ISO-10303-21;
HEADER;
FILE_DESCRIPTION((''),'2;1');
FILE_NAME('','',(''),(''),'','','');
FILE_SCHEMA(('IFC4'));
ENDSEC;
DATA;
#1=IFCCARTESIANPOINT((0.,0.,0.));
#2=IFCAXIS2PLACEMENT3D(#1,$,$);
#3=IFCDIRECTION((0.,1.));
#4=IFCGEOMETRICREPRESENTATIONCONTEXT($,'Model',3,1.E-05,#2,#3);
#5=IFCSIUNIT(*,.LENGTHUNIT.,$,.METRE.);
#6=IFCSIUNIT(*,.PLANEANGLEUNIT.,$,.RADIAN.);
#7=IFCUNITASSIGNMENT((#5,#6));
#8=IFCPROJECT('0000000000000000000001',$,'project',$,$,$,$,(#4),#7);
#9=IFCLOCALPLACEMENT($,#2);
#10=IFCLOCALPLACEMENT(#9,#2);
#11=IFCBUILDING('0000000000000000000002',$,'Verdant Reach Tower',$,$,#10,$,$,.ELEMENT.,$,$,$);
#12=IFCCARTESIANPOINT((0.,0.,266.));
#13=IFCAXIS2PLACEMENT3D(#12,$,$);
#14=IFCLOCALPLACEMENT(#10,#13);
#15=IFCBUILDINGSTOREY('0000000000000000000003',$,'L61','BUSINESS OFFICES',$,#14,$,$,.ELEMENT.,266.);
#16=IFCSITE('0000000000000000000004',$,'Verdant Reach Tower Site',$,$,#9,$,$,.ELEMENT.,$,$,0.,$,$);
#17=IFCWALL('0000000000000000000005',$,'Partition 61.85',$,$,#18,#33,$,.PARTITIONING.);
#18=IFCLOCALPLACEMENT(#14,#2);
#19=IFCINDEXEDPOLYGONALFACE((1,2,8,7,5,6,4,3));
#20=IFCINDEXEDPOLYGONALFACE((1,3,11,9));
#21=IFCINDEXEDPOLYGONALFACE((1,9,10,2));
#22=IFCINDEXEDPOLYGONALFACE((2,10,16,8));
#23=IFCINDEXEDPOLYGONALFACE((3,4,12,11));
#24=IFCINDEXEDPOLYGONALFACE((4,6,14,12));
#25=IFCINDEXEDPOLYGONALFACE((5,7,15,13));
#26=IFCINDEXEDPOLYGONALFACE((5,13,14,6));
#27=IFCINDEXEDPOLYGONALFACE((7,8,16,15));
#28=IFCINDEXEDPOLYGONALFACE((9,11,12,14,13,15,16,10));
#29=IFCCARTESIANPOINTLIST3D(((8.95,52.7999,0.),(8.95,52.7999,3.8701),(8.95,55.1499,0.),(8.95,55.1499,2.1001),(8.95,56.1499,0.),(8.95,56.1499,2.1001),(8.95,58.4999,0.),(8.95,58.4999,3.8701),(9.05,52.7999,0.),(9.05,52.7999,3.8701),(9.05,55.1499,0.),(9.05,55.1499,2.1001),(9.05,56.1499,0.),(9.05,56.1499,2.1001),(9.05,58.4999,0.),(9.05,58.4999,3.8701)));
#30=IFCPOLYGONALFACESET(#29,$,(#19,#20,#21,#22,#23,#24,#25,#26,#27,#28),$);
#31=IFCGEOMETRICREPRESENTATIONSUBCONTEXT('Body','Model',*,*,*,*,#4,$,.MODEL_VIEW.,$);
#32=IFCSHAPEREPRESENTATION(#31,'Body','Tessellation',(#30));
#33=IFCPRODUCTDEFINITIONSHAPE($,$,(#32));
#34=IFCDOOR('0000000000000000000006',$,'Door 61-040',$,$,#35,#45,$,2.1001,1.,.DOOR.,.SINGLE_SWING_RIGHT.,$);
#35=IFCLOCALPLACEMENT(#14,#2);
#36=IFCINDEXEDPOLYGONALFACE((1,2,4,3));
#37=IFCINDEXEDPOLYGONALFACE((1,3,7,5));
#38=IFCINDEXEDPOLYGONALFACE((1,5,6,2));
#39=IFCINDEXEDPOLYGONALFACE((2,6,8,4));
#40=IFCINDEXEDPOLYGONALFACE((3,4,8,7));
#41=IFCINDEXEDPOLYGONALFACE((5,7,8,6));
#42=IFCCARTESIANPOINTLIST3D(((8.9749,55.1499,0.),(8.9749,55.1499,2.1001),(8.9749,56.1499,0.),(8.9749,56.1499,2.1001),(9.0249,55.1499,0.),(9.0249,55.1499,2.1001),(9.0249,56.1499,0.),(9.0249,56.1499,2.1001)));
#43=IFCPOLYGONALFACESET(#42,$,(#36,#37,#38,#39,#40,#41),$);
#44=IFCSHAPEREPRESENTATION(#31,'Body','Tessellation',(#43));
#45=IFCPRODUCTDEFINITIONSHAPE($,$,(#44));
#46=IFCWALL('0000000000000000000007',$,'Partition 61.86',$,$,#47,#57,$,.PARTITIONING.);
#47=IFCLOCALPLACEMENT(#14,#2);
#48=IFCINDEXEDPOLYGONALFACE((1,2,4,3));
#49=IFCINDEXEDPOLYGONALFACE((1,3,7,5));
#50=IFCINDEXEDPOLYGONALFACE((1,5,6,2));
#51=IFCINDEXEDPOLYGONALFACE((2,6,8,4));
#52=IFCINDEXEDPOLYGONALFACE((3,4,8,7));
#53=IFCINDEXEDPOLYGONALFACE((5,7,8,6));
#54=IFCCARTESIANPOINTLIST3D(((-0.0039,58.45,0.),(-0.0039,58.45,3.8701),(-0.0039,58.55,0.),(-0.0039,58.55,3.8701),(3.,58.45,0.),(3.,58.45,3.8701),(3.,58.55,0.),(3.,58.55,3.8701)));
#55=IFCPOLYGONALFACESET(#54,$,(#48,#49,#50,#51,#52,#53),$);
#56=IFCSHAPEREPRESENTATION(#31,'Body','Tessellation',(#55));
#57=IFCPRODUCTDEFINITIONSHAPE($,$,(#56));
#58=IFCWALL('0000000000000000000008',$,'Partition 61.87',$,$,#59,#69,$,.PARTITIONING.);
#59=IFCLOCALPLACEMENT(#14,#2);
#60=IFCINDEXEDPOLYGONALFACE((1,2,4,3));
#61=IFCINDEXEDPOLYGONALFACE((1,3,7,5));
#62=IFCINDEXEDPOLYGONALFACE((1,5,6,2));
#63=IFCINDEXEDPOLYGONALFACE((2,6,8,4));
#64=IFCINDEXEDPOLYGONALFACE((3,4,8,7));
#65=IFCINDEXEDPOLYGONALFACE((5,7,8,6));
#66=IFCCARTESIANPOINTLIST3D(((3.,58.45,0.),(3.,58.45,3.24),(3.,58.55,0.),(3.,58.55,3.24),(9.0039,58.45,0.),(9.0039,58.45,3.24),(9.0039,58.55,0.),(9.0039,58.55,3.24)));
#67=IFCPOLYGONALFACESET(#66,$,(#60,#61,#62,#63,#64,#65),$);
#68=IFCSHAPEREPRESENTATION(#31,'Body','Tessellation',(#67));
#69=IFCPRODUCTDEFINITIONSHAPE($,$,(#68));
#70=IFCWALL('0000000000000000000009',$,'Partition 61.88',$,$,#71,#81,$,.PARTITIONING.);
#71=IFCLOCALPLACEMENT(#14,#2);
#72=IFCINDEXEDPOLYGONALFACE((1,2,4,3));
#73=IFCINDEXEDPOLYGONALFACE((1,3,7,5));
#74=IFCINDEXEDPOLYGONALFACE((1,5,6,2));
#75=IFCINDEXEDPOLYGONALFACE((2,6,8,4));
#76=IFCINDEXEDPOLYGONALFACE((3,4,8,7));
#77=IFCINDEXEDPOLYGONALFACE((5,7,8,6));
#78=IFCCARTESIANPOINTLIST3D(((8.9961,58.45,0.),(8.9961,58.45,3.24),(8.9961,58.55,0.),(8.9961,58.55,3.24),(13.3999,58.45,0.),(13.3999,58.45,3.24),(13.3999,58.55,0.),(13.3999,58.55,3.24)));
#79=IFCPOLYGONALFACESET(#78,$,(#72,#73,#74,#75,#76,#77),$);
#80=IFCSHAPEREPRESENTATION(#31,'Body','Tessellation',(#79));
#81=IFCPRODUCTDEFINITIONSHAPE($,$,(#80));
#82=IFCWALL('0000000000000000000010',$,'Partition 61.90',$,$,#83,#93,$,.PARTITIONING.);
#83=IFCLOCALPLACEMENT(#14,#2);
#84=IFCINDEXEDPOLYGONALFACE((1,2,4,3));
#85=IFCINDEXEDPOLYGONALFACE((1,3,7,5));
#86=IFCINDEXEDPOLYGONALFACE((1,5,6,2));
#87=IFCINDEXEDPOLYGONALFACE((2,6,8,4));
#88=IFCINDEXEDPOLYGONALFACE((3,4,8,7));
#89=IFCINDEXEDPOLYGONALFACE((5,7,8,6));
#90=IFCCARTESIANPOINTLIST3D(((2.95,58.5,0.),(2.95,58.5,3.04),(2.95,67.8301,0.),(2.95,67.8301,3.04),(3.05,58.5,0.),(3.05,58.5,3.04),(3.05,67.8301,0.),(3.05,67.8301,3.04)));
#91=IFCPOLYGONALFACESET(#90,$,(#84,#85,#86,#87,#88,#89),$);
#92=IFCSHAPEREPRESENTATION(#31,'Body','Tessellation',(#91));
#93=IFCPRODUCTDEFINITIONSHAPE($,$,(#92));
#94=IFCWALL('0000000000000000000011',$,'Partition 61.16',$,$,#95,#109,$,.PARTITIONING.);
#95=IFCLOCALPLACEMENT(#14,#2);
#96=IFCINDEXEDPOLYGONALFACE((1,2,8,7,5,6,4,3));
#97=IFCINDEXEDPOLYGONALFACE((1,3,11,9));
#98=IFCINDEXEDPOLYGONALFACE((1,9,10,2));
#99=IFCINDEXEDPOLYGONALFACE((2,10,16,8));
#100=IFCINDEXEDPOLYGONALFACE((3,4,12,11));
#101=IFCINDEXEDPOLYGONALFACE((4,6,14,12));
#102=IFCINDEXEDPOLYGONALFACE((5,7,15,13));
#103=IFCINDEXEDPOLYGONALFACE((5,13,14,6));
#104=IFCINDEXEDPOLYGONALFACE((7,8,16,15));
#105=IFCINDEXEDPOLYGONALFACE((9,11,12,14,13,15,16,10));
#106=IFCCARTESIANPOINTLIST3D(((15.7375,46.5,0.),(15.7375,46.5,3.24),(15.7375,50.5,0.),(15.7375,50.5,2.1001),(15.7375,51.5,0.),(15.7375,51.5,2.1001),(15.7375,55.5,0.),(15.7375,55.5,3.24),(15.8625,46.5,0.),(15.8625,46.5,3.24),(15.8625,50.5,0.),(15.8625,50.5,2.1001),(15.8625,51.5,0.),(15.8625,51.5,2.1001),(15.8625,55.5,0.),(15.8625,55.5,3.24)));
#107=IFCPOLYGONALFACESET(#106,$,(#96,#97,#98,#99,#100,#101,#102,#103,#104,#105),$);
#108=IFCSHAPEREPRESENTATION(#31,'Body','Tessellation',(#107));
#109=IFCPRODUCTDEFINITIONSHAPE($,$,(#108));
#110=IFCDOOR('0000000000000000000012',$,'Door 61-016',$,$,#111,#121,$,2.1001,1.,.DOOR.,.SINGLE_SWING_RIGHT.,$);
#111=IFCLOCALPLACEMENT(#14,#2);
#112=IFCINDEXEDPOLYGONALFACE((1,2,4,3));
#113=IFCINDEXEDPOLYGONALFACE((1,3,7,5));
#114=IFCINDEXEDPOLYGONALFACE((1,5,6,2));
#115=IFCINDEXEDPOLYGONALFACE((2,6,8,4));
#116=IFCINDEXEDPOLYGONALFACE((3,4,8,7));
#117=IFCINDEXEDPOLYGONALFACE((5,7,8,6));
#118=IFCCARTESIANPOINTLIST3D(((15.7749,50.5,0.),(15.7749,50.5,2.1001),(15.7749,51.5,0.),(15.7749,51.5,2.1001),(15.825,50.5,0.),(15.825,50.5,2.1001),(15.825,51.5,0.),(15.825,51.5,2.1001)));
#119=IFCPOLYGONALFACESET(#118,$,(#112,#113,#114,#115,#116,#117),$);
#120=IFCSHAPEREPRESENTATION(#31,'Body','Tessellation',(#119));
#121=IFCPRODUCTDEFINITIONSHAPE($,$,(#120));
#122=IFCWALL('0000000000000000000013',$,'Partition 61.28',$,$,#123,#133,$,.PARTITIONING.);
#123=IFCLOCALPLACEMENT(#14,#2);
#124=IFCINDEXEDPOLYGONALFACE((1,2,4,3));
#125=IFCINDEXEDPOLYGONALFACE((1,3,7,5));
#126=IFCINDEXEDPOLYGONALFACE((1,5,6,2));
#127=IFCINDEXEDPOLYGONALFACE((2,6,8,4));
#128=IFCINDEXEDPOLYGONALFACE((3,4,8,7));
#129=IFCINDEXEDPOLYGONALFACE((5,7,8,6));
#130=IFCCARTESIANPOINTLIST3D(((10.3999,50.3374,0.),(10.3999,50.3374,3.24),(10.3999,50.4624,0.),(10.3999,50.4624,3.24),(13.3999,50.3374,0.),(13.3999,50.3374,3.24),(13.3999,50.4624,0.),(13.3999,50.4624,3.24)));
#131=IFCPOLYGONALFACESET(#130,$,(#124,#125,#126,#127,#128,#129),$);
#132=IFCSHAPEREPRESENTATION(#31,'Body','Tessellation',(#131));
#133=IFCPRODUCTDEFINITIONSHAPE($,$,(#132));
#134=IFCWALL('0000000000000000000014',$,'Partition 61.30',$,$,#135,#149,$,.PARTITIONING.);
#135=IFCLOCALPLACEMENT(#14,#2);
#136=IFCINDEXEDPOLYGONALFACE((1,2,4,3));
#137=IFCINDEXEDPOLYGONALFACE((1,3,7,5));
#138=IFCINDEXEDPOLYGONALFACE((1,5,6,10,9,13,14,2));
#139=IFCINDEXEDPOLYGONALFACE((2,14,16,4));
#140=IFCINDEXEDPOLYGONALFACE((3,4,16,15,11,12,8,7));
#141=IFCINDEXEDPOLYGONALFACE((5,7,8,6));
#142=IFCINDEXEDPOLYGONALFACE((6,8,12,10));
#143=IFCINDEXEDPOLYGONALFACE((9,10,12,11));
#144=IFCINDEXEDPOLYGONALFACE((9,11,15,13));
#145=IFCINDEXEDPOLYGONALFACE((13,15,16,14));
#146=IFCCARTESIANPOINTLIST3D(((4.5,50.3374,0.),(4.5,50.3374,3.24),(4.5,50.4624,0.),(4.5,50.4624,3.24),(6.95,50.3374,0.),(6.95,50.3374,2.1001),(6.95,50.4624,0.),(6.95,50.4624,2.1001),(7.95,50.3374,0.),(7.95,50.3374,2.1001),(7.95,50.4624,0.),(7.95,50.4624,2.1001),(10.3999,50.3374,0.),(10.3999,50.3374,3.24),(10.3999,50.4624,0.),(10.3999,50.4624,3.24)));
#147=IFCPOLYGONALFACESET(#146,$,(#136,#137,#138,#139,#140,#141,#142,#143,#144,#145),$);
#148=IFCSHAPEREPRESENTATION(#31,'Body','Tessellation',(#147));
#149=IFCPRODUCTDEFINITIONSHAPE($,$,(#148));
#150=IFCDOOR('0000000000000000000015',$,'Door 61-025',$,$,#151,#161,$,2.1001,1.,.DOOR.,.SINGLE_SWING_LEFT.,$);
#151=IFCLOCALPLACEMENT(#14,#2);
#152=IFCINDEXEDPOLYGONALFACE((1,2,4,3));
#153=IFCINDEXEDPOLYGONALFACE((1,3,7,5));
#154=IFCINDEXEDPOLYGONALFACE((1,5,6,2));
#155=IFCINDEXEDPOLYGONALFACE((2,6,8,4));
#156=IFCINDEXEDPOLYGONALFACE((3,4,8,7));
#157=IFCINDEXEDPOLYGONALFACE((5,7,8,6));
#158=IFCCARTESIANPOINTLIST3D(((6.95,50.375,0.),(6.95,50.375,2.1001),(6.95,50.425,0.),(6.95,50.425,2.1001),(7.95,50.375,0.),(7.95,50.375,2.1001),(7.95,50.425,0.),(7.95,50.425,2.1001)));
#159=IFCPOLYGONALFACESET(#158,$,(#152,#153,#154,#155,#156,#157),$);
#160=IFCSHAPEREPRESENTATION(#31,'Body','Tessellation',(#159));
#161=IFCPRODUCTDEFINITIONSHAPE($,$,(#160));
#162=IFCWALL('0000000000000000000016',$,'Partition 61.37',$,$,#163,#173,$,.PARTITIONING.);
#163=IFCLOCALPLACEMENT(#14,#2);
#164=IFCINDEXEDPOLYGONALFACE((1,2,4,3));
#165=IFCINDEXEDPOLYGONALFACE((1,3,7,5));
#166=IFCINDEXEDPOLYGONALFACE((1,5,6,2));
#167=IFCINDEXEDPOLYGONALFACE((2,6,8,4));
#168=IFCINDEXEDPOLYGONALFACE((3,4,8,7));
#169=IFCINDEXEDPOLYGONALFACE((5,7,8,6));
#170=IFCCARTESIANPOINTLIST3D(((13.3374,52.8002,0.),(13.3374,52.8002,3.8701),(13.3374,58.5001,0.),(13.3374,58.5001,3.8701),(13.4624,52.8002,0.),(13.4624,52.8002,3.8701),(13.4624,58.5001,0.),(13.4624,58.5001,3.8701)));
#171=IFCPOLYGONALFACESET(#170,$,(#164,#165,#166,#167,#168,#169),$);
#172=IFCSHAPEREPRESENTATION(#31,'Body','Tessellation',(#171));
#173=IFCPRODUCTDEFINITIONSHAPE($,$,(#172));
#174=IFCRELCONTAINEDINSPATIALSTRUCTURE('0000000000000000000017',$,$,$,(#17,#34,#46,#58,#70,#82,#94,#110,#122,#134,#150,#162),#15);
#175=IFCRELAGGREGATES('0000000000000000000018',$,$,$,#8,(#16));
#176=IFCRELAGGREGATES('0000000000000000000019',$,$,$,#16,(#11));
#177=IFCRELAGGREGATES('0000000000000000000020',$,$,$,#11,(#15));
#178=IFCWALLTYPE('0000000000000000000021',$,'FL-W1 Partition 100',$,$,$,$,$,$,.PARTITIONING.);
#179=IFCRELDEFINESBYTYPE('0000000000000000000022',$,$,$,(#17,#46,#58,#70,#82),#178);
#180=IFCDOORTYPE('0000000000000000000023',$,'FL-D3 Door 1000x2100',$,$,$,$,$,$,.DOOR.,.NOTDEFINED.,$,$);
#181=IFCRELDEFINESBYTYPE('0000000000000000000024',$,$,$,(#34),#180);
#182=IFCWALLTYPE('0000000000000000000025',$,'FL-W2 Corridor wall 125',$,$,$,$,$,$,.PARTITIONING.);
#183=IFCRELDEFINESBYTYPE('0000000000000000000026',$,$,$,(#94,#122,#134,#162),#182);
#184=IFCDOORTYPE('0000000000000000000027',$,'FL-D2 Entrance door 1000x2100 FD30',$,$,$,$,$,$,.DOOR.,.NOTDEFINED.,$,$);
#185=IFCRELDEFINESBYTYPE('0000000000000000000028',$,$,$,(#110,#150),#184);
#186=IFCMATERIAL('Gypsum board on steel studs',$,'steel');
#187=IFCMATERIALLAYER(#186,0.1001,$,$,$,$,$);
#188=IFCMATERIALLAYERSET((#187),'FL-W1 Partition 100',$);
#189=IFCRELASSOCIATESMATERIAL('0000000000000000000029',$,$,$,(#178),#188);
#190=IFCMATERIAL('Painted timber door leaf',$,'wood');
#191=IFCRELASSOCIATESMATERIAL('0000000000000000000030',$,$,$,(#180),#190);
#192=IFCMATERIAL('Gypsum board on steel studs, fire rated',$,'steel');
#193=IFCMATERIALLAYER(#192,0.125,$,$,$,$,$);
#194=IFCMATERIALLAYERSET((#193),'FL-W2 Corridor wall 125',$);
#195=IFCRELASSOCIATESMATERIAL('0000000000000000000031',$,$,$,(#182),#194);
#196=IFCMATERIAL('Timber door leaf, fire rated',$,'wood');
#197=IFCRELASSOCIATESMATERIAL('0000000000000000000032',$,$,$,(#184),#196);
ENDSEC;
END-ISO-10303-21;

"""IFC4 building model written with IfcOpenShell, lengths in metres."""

from ifc_helpers import new_model, si_unit, direction, frame, frame_2d, origin, place, context, subcontext, project, spatial, rectangle, extrude, material, layer, layer_set, type_object, element, fill, save


model = new_model("IFC4")

# Units and contexts
model_context = context("Model", 3, precision=1e-05, world=origin(), true_north=direction((0.0, 1.0)))
body_context = subcontext(model_context, "Body", "Model", "MODEL_VIEW")
ifc_project = project(units=[si_unit("LENGTHUNIT", "METRE"), si_unit("PLANEANGLEUNIT", "RADIAN")], contexts=[model_context])

# Site, building, storey
site_placement = place(None, origin())
site = spatial("IfcSite", under=ifc_project, at=site_placement, Name="Verdant Reach Tower Site", CompositionType="ELEMENT", RefElevation=0.0)
building_placement = place(site_placement, origin())
building = spatial("IfcBuilding", under=site, at=building_placement, Name="Verdant Reach Tower", CompositionType="ELEMENT")
storey_placement = place(building_placement, frame((0.0, 0.0, 266.0)))
storey = spatial("IfcBuildingStorey", under=building, at=storey_placement, Name="L61", Description="BUSINESS OFFICES", CompositionType="ELEMENT", Elevation=266.0)

# Shared definitions
ifc_material_1 = material(Name="Gypsum board on steel studs", Category="steel")
ifc_layer_1 = layer(ifc_material_1, 0.1001)
ifc_layer_set_1 = layer_set([ifc_layer_1], Name="FL-W1 Partition 100")
wall_type_1 = type_object("IfcWallType", Name="FL-W1 Partition 100", PredefinedType="PARTITIONING", material=ifc_layer_set_1)

# Wall, opening, door
wall_1_placement = place(storey_placement, frame((9.0, 58.5, 0.0), z_axis=(0.0, 0.0, 1.0), x_axis=(0.0, -1.0, 0.0)))
wall_1 = element("IfcWall", 1, at=wall_1_placement, inside=storey, type_object=wall_type_1, Name="Partition 61.85", PredefinedType="PARTITIONING", context=body_context, shape_type="SweptSolid", body=[
    extrude(rectangle(XDim=5.7, YDim=0.1001, at=frame_2d((2.8501, 0.0))), origin(), (0.0, 0.0, 1.0), 3.8701),
])
opening_1_placement = place(wall_1_placement, frame((2.3501, 0.0, 0.0)))
opening_1 = element("IfcOpeningElement", 2, at=opening_1_placement, cuts=wall_1, PredefinedType="OPENING", context=body_context, shape_type="SweptSolid", body=[
    extrude(rectangle(XDim=1.0, YDim=2.1001, at=frame_2d((0.5, 1.05))), frame((0.0, 0.0601, 0.0), z_axis=(0.0, -1.0, 0.0), x_axis=(1.0, 0.0, 0.0)), (0.0, 0.0, 1.0), 0.1201),
])
ifc_material_2 = material(Name="Painted timber door leaf", Category="wood")
door_type_1 = type_object("IfcDoorType", Name="FL-D3 Door 1000x2100", OperationType="NOTDEFINED", PredefinedType="DOOR", material=ifc_material_2)
door_1_placement = place(opening_1_placement, origin())
door_1 = element("IfcDoor", 3, at=door_1_placement, inside=storey, type_object=door_type_1, Name="Door 61-040", OperationType="SINGLE_SWING_RIGHT", OverallHeight=2.1001, OverallWidth=1.0, PredefinedType="DOOR", context=body_context, shape_type="SweptSolid", body=[
    extrude(rectangle(XDim=1.0, YDim=2.1001, at=frame_2d((0.5, 1.05))), frame((0.0, 0.0249, 0.0), z_axis=(0.0, -1.0, 0.0), x_axis=(1.0, 0.0, 0.0)), (0.0, 0.0, 1.0), 0.05),
])
fill(opening_1, door_1)

# Walls
wall_2_placement = place(storey_placement, frame((3.0, 58.5, 0.0), z_axis=(0.0, 0.0, 1.0), x_axis=(-1.0, 0.0, 0.0)))
element("IfcWall", 4, at=wall_2_placement, inside=storey, type_object=wall_type_1, Name="Partition 61.86", PredefinedType="PARTITIONING", context=body_context, shape_type="SweptSolid", body=[
    extrude(rectangle(XDim=3.0039, YDim=0.1001, at=frame_2d((1.502, 0.0))), origin(), (0.0, 0.0, 1.0), 3.8701),
])
wall_3_placement = place(storey_placement, frame((9.0039, 58.5, 0.0), z_axis=(0.0, 0.0, 1.0), x_axis=(-1.0, 0.0, 0.0)))
element("IfcWall", 5, at=wall_3_placement, inside=storey, type_object=wall_type_1, Name="Partition 61.87", PredefinedType="PARTITIONING", context=body_context, shape_type="SweptSolid", body=[
    extrude(rectangle(XDim=6.0039, YDim=0.1001, at=frame_2d((3.002, 0.0))), origin(), (0.0, 0.0, 1.0), 3.24),
])
wall_4_placement = place(storey_placement, frame((13.3999, 58.5, 0.0), z_axis=(0.0, 0.0, 1.0), x_axis=(-1.0, 0.0, 0.0)))
element("IfcWall", 6, at=wall_4_placement, inside=storey, type_object=wall_type_1, Name="Partition 61.88", PredefinedType="PARTITIONING", context=body_context, shape_type="SweptSolid", body=[
    extrude(rectangle(XDim=4.4038, YDim=0.1001, at=frame_2d((2.2019, 0.0))), origin(), (0.0, 0.0, 1.0), 3.24),
])
wall_5_placement = place(storey_placement, frame((3.0, 58.5, 0.0), z_axis=(0.0, 0.0, 1.0), x_axis=(0.0, 1.0, 0.0)))
element("IfcWall", 7, at=wall_5_placement, inside=storey, type_object=wall_type_1, Name="Partition 61.90", PredefinedType="PARTITIONING", context=body_context, shape_type="SweptSolid", body=[
    extrude(rectangle(XDim=9.3301, YDim=0.1001, at=frame_2d((4.665, 0.0))), origin(), (0.0, 0.0, 1.0), 3.04),
])

# Wall, opening, door
ifc_material_3 = material(Name="Gypsum board on steel studs, fire rated", Category="steel")
ifc_layer_2 = layer(ifc_material_3, 0.125)
ifc_layer_set_2 = layer_set([ifc_layer_2], Name="FL-W2 Corridor wall 125")
wall_type_2 = type_object("IfcWallType", Name="FL-W2 Corridor wall 125", PredefinedType="PARTITIONING", material=ifc_layer_set_2)
wall_6_placement = place(storey_placement, frame((15.8, 55.5, 0.0), z_axis=(0.0, 0.0, 1.0), x_axis=(0.0, -1.0, 0.0)))
wall_6 = element("IfcWall", 8, at=wall_6_placement, inside=storey, type_object=wall_type_2, Name="Partition 61.16", PredefinedType="PARTITIONING", context=body_context, shape_type="SweptSolid", body=[
    extrude(rectangle(XDim=9.0, YDim=0.125, at=frame_2d((4.5, 0.0))), origin(), (0.0, 0.0, 1.0), 3.24),
])
opening_2_placement = place(wall_6_placement, frame((4.0, 0.0, 0.0)))
opening_2 = element("IfcOpeningElement", 9, at=opening_2_placement, cuts=wall_6, PredefinedType="OPENING", context=body_context, shape_type="SweptSolid", body=[
    extrude(rectangle(XDim=1.0, YDim=2.1001, at=frame_2d((0.5, 1.05))), frame((0.0, 0.0725, 0.0), z_axis=(0.0, -1.0, 0.0), x_axis=(1.0, 0.0, 0.0)), (0.0, 0.0, 1.0), 0.145),
])
ifc_material_4 = material(Name="Timber door leaf, fire rated", Category="wood")
door_type_2 = type_object("IfcDoorType", Name="FL-D2 Entrance door 1000x2100 FD30", OperationType="NOTDEFINED", PredefinedType="DOOR", material=ifc_material_4)
door_2_placement = place(opening_2_placement, origin())
door_2 = element("IfcDoor", 10, at=door_2_placement, inside=storey, type_object=door_type_2, Name="Door 61-016", OperationType="SINGLE_SWING_RIGHT", OverallHeight=2.1001, OverallWidth=1.0, PredefinedType="DOOR", context=body_context, shape_type="SweptSolid", body=[
    extrude(rectangle(XDim=1.0, YDim=2.1001, at=frame_2d((0.5, 1.05))), frame((0.0, 0.0249, 0.0), z_axis=(0.0, -1.0, 0.0), x_axis=(1.0, 0.0, 0.0)), (0.0, 0.0, 1.0), 0.05),
])
fill(opening_2, door_2)

# Wall
wall_7_placement = place(storey_placement, frame((13.3999, 50.3999, 0.0), z_axis=(0.0, 0.0, 1.0), x_axis=(-1.0, 0.0, 0.0)))
element("IfcWall", 11, at=wall_7_placement, inside=storey, type_object=wall_type_2, Name="Partition 61.28", PredefinedType="PARTITIONING", context=body_context, shape_type="SweptSolid", body=[
    extrude(rectangle(XDim=3.0, YDim=0.125, at=frame_2d((1.5, 0.0))), origin(), (0.0, 0.0, 1.0), 3.24),
])

# Wall, opening, door
wall_8_placement = place(storey_placement, frame((10.3999, 50.3999, 0.0), z_axis=(0.0, 0.0, 1.0), x_axis=(-1.0, 0.0, 0.0)))
wall_8 = element("IfcWall", 12, at=wall_8_placement, inside=storey, type_object=wall_type_2, Name="Partition 61.30", PredefinedType="PARTITIONING", context=body_context, shape_type="SweptSolid", body=[
    extrude(rectangle(XDim=5.8999, YDim=0.125, at=frame_2d((2.95, 0.0))), origin(), (0.0, 0.0, 1.0), 3.24),
])
opening_3_placement = place(wall_8_placement, frame((2.45, 0.0, 0.0)))
opening_3 = element("IfcOpeningElement", 13, at=opening_3_placement, cuts=wall_8, PredefinedType="OPENING", context=body_context, shape_type="SweptSolid", body=[
    extrude(rectangle(XDim=1.0, YDim=2.1001, at=frame_2d((0.5, 1.05))), frame((0.0, 0.0725, 0.0), z_axis=(0.0, -1.0, 0.0), x_axis=(1.0, 0.0, 0.0)), (0.0, 0.0, 1.0), 0.145),
])
door_3_placement = place(opening_3_placement, origin())
door_3 = element("IfcDoor", 14, at=door_3_placement, inside=storey, type_object=door_type_2, Name="Door 61-025", OperationType="SINGLE_SWING_LEFT", OverallHeight=2.1001, OverallWidth=1.0, PredefinedType="DOOR", context=body_context, shape_type="SweptSolid", body=[
    extrude(rectangle(XDim=1.0, YDim=2.1001, at=frame_2d((0.5, 1.05))), frame((0.0, 0.0249, 0.0), z_axis=(0.0, -1.0, 0.0), x_axis=(1.0, 0.0, 0.0)), (0.0, 0.0, 1.0), 0.05),
])
fill(opening_3, door_3)

# Wall
wall_9_placement = place(storey_placement, frame((13.3999, 52.8, 0.0), z_axis=(0.0, 0.0, 1.0), x_axis=(0.0, 1.0, 0.0)))
element("IfcWall", 15, at=wall_9_placement, inside=storey, type_object=wall_type_2, Name="Partition 61.37", PredefinedType="PARTITIONING", context=body_context, shape_type="SweptSolid", body=[
    extrude(rectangle(XDim=5.7, YDim=0.125, at=frame_2d((2.8501, 0.0))), origin(), (0.0, 0.0, 1.0), 3.8701),
])

save(model, "model.ifc")
